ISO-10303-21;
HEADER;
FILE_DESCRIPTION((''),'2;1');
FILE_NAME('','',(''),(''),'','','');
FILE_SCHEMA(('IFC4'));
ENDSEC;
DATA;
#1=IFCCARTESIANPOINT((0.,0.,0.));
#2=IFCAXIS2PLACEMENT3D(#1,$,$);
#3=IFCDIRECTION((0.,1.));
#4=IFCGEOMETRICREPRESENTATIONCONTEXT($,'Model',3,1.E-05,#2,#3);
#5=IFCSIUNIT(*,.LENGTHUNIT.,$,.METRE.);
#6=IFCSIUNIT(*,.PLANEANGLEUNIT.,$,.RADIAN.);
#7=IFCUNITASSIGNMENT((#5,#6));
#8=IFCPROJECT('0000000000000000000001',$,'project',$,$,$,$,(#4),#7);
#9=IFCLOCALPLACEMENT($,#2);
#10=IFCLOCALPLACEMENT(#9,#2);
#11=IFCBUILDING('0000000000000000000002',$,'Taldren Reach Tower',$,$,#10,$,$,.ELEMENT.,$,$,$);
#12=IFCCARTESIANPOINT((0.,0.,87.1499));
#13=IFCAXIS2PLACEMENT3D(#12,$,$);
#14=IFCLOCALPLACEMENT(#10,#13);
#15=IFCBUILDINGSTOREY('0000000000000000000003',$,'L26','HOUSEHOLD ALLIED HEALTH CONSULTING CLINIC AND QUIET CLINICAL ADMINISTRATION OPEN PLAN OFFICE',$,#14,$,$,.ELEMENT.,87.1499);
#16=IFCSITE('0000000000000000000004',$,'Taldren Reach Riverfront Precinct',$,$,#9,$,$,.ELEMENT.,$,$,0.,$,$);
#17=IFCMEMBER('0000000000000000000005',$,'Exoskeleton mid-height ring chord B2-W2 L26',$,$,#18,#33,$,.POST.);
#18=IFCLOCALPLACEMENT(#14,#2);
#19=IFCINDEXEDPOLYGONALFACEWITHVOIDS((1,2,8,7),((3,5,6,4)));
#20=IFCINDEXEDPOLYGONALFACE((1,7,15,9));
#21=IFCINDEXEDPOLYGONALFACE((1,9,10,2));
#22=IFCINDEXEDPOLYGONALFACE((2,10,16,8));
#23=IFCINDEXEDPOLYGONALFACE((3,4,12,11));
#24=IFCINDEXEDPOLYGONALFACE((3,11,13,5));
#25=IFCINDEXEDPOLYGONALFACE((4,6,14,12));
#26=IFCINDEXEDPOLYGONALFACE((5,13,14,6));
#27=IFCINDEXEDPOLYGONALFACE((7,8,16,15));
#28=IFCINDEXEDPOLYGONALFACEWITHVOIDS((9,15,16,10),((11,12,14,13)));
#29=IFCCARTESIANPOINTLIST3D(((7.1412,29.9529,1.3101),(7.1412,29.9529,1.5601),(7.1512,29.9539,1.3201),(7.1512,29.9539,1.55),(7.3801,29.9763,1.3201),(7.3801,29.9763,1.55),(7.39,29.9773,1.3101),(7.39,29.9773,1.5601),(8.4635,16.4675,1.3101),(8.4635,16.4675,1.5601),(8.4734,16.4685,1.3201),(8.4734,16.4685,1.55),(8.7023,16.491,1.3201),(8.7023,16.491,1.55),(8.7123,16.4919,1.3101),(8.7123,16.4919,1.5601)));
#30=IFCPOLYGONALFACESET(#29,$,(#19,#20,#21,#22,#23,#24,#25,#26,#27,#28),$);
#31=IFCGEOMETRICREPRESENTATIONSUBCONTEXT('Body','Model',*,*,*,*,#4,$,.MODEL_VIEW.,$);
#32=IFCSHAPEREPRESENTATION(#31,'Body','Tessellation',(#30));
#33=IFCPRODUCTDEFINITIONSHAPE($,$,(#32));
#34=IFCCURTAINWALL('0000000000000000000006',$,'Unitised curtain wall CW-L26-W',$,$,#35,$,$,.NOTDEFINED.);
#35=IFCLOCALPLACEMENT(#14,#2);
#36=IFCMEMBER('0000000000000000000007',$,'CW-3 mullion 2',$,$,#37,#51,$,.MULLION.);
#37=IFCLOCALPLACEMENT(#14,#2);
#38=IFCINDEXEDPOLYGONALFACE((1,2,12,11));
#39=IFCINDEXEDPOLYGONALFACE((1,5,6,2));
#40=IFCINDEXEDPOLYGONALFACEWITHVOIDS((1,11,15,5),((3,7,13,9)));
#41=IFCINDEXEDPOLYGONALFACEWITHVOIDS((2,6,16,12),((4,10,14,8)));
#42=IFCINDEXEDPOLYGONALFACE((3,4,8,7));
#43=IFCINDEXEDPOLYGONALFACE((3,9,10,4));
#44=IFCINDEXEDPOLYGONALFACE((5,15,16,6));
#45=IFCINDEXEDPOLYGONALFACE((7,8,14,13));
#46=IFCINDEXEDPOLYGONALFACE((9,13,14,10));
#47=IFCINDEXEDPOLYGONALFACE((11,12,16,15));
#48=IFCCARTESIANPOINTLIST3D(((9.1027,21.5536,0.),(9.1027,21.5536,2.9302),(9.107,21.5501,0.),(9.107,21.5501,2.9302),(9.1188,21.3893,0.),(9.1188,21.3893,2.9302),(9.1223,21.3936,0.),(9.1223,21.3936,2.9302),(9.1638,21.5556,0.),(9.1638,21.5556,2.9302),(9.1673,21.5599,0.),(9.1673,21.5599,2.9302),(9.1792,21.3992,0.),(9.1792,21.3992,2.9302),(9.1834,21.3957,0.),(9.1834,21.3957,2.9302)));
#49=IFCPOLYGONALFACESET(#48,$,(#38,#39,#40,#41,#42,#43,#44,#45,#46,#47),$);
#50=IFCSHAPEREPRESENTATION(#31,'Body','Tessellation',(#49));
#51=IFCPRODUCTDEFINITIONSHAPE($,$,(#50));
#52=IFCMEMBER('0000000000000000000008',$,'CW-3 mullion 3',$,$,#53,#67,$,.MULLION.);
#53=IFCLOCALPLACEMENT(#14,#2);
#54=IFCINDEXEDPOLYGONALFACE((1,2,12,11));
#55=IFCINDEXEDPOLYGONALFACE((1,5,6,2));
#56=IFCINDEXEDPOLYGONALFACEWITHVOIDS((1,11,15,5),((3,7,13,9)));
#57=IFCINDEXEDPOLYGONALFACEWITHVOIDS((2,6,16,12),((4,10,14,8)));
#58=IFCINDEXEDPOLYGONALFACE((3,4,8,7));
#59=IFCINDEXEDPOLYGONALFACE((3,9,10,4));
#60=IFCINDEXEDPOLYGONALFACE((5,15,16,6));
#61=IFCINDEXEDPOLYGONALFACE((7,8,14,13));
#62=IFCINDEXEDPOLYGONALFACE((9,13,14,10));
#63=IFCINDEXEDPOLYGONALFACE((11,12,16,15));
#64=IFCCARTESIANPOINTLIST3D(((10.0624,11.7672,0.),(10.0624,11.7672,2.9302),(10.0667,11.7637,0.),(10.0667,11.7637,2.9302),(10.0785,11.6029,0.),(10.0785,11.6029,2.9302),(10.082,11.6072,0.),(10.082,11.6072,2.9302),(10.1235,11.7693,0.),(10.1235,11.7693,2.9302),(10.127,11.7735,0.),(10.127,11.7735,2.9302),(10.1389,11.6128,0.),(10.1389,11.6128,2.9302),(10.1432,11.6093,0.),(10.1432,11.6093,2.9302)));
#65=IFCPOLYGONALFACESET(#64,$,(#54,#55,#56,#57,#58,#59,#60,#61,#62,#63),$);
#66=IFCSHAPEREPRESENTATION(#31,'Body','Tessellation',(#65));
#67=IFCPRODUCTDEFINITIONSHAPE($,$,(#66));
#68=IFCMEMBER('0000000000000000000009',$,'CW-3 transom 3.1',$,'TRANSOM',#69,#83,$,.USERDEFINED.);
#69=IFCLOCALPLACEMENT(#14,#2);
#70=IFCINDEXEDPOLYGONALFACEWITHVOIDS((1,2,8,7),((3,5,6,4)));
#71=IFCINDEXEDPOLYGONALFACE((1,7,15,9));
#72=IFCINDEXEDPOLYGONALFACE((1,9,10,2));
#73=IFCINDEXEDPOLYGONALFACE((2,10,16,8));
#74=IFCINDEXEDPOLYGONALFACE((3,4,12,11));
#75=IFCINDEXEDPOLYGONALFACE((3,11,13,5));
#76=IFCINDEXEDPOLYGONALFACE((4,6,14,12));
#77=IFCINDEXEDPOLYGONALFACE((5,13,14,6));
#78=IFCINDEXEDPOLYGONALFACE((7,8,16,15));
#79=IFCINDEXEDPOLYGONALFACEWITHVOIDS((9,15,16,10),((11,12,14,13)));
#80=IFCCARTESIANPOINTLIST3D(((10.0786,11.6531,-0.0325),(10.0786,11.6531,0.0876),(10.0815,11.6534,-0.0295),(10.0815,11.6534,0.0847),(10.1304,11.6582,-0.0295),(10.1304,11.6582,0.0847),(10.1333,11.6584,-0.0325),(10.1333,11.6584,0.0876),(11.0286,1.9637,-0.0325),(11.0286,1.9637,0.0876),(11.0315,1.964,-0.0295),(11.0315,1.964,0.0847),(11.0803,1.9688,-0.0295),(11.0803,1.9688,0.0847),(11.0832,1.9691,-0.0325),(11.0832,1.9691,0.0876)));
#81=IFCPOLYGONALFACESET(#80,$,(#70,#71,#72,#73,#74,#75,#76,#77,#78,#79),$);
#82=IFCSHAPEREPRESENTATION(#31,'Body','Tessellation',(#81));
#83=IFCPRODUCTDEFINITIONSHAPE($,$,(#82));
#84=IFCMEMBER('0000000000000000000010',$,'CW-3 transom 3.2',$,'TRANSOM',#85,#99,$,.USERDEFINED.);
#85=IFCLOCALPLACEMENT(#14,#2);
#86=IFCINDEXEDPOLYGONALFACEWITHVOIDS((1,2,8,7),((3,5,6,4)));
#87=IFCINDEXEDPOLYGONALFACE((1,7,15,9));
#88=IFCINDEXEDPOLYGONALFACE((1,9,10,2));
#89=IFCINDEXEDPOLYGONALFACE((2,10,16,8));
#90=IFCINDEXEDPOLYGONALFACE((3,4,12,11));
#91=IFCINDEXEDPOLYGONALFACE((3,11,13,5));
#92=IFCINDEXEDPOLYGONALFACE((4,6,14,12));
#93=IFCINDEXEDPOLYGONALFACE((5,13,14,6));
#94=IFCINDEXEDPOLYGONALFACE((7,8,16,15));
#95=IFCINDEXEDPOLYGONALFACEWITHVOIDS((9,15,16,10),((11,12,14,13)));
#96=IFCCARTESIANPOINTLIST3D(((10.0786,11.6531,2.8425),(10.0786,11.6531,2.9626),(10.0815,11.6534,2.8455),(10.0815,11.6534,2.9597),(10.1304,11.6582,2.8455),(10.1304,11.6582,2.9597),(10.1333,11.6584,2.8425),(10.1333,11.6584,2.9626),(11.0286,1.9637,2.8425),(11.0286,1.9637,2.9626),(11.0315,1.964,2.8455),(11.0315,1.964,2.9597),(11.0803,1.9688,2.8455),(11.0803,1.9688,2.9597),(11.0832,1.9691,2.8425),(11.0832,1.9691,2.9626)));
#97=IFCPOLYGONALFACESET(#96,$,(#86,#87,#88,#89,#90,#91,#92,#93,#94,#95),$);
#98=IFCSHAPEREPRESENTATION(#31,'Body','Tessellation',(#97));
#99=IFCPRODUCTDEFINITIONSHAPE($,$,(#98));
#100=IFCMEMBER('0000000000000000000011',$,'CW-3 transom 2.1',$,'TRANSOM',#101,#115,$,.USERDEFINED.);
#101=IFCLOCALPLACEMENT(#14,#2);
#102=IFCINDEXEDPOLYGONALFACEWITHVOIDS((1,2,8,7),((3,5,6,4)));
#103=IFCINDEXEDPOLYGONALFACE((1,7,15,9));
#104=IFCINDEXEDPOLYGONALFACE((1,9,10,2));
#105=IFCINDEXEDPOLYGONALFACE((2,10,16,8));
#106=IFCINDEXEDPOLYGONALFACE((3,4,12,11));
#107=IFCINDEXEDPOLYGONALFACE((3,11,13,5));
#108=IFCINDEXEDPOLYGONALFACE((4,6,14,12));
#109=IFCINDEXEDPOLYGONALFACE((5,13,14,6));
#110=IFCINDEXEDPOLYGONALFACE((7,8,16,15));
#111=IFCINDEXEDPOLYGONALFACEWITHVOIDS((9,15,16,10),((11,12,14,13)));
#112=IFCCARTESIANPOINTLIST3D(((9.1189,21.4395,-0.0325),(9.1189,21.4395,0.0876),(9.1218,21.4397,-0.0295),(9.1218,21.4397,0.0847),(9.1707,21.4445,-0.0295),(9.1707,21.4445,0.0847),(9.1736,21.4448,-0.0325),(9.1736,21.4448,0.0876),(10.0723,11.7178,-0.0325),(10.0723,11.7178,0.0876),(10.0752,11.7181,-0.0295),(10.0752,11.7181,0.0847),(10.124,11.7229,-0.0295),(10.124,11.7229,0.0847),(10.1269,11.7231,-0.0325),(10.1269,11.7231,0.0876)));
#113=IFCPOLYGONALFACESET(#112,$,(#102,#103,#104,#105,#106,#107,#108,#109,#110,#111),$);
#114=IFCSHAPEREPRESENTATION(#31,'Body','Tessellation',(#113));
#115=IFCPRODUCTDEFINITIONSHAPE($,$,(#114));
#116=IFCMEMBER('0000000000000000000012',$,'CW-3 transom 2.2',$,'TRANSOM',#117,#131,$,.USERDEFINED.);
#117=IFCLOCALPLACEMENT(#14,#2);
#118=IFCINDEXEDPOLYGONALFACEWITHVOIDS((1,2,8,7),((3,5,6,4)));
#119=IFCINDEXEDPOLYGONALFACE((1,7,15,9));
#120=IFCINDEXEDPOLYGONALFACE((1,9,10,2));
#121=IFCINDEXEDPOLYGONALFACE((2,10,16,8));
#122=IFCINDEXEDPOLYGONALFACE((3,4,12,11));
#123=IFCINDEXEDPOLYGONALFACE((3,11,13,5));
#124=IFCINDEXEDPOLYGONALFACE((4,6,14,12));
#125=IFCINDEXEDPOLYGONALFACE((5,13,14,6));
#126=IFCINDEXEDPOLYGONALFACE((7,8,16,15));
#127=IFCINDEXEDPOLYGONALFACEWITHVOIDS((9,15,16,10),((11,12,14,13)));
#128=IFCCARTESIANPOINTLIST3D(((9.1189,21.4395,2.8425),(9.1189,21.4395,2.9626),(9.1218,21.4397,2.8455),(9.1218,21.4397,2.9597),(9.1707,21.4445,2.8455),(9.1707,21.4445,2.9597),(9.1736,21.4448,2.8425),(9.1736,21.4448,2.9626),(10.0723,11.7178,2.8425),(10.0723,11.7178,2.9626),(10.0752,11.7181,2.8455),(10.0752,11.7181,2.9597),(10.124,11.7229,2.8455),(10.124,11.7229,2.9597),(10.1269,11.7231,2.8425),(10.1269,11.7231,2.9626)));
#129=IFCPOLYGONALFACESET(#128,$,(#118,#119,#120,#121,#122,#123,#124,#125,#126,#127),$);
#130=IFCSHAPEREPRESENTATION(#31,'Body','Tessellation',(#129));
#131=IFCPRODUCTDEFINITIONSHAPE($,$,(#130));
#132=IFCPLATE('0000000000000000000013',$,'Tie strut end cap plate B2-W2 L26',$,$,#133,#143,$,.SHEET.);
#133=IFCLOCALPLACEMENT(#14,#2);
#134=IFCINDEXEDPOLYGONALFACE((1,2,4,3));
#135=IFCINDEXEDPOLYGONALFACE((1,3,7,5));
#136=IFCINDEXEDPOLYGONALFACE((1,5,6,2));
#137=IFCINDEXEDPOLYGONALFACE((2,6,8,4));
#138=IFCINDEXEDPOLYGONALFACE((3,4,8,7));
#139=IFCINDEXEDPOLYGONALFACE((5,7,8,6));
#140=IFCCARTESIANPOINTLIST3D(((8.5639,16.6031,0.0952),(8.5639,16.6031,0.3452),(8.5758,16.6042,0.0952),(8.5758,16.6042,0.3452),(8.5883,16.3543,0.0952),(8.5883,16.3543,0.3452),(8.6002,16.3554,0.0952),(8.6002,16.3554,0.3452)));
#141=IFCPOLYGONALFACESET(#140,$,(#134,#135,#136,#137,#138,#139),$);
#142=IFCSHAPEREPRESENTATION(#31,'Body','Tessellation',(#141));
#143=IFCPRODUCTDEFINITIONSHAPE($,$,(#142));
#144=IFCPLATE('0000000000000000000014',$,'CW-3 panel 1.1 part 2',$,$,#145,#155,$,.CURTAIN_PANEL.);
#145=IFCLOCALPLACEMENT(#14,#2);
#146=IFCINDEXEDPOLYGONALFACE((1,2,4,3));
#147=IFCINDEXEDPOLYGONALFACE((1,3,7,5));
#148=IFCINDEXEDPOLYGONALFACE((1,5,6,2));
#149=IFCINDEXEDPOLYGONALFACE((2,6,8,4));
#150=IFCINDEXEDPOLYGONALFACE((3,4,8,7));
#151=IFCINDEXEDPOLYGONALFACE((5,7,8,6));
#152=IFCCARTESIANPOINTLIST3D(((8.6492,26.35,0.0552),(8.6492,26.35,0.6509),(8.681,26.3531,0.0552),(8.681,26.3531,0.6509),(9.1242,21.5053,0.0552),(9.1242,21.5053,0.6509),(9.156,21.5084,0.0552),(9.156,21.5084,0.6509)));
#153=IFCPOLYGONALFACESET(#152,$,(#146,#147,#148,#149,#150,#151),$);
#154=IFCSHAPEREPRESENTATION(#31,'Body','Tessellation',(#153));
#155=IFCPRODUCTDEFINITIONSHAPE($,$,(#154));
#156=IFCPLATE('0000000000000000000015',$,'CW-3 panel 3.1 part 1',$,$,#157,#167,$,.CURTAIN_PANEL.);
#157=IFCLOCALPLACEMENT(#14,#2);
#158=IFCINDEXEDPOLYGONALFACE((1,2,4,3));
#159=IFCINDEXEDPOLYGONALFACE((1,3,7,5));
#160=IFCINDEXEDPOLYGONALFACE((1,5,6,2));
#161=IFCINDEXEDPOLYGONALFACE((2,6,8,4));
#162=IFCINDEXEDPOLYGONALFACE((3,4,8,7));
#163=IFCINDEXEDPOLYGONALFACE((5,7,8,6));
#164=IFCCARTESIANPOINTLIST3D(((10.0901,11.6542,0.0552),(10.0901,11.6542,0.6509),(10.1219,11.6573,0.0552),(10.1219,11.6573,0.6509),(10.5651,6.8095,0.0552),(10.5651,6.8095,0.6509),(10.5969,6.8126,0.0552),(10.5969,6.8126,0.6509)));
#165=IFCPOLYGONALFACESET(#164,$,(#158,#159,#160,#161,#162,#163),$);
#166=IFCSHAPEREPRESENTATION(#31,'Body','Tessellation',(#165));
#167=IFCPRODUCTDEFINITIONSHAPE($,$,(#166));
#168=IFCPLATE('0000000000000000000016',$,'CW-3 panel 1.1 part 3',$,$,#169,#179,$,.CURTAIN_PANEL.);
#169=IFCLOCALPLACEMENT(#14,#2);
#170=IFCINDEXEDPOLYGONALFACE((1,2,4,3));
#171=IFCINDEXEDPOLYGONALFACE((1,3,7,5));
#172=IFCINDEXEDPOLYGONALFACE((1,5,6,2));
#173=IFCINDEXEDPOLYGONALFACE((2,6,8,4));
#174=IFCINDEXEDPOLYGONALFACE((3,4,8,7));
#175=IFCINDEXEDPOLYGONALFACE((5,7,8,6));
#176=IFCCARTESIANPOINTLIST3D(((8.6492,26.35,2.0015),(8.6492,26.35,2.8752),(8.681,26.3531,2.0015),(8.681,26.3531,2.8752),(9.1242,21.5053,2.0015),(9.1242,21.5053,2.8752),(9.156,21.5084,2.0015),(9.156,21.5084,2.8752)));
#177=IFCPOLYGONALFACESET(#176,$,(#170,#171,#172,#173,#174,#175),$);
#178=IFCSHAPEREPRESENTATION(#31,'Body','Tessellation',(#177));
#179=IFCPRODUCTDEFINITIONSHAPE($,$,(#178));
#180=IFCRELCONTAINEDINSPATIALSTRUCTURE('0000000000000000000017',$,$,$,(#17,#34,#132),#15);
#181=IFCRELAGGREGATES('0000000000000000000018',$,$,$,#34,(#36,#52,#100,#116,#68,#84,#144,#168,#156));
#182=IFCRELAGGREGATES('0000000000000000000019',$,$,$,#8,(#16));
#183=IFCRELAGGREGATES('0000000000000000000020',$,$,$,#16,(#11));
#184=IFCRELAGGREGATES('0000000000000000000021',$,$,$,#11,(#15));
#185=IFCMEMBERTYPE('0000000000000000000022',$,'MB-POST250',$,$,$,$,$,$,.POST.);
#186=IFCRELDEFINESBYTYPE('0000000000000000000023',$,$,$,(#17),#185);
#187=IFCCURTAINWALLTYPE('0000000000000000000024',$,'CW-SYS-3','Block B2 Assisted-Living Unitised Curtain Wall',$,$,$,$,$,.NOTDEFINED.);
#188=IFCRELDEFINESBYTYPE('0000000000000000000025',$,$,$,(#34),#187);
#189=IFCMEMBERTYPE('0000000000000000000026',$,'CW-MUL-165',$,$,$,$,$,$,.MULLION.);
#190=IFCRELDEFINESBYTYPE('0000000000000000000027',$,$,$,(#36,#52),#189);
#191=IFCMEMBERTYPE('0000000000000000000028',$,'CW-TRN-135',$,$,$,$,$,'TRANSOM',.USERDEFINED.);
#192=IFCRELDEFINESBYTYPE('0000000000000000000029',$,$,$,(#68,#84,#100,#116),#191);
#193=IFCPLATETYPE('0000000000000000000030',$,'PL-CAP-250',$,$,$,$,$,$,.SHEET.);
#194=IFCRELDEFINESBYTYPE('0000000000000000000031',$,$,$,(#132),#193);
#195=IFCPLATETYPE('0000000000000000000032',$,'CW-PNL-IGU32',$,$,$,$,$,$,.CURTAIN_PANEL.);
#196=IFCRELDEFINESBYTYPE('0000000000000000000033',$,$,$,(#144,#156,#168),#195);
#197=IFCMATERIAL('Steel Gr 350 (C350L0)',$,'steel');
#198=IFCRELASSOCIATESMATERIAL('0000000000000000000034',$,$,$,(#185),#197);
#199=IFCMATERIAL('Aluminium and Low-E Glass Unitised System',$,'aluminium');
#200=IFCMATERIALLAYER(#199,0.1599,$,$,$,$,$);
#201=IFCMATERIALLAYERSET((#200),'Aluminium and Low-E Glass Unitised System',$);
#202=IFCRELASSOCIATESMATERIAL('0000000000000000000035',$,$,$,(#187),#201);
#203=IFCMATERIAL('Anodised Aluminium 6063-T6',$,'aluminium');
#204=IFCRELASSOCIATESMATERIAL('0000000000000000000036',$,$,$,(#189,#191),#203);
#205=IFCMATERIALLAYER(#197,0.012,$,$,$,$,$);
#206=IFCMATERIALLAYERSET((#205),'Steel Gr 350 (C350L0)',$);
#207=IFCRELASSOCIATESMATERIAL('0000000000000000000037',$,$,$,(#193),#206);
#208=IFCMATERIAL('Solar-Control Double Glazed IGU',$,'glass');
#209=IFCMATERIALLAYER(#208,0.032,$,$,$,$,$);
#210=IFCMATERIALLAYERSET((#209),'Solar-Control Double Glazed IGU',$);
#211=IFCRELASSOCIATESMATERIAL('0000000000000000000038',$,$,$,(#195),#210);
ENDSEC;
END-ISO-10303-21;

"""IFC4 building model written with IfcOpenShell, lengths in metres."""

from ifc_helpers import new_model, si_unit, direction, frame, origin, origin_2d, place, context, subcontext, project, spatial, rectangle, hollow_rectangle, extrude, source, transform, mapped, material, layer, layer_set, material_profile, profile_set, type_object, element, aggregate, save


model = new_model("IFC4")

# Units and contexts
model_context = context("Model", 3, precision=1e-05, world=origin(), true_north=direction((0.0, 1.0)))
body_context = subcontext(model_context, "Body", "Model", "MODEL_VIEW")
ifc_project = project(units=[si_unit("LENGTHUNIT", "METRE"), si_unit("PLANEANGLEUNIT", "RADIAN")], contexts=[model_context])

# Site, building, storey
site_placement = place(None, origin())
site = spatial("IfcSite", under=ifc_project, at=site_placement, Name="Taldren Reach Riverfront Precinct", CompositionType="ELEMENT", RefElevation=0.0)
building_placement = place(site_placement, origin())
building = spatial("IfcBuilding", under=site, at=building_placement, Name="Taldren Reach Tower", CompositionType="ELEMENT")
storey_placement = place(building_placement, frame((0.0, 0.0, 87.1499)))
storey = spatial("IfcBuildingStorey", under=building, at=storey_placement, Name="L26", Description="HOUSEHOLD ALLIED HEALTH CONSULTING CLINIC AND QUIET CLINICAL ADMINISTRATION OPEN PLAN OFFICE", CompositionType="ELEMENT", Elevation=87.1499)

# Member
ifc_material_1 = material(Name="Steel Gr 350 (C350L0)", Category="steel")
ifc_material_profile_1 = material_profile(ifc_material_1, hollow_rectangle(XDim=0.25, YDim=0.25, WallThickness=0.01, at=origin_2d()), Name="250x250x10.0SHS")
ifc_profile_set_1 = profile_set([ifc_material_profile_1], Name="Steel Gr 350 (C350L0)")
member_type_1 = type_object("IfcMemberType", Name="MB-POST250", PredefinedType="POST", material=ifc_profile_set_1)
shared_shape_1 = source(origin(), body_context, "Body", "SweptSolid", [
    extrude(hollow_rectangle(XDim=0.25, YDim=0.25, WallThickness=0.01, at=origin_2d()), origin(), (0.0, 0.0, 1.0), 13.55),
])
member_1_placement = place(storey_placement, frame((8.5879, 16.4797, 1.4351), z_axis=(-0.097584, 0.995227, 0.0), x_axis=(-0.995227, -0.097584, 0.0)))
element("IfcMember", 1, at=member_1_placement, inside=storey, type_object=member_type_1, Name="Exoskeleton mid-height ring chord B2-W2 L26", PredefinedType="POST", context=body_context, shape_type="MappedRepresentation", body=[
    mapped(shared_shape_1, transform((0.0, 0.0, 0.0), scale=1.0)),
])

# Curtain wall, members
ifc_material_2 = material(Name="Aluminium and Low-E Glass Unitised System", Category="aluminium")
ifc_layer_1 = layer(ifc_material_2, 0.1599)
ifc_layer_set_1 = layer_set([ifc_layer_1], Name="Aluminium and Low-E Glass Unitised System")
curtain_wall_type = type_object("IfcCurtainWallType", Name="CW-SYS-3", Description="Block B2 Assisted-Living Unitised Curtain Wall", PredefinedType="NOTDEFINED", material=ifc_layer_set_1)
curtain_wall_placement = place(storey_placement, origin())
curtain_wall = element("IfcCurtainWall", 2, at=curtain_wall_placement, inside=storey, type_object=curtain_wall_type, Name="Unitised curtain wall CW-L26-W", PredefinedType="NOTDEFINED")
ifc_material_3 = material(Name="Anodised Aluminium 6063-T6", Category="aluminium")
ifc_material_profile_2 = material_profile(ifc_material_3, hollow_rectangle(XDim=0.0649, YDim=0.165, WallThickness=0.0039, at=origin_2d()), Name="ALU-165x65x4RHS")
ifc_profile_set_2 = profile_set([ifc_material_profile_2], Name="Anodised Aluminium 6063-T6")
member_type_2 = type_object("IfcMemberType", Name="CW-MUL-165", PredefinedType="MULLION", material=ifc_profile_set_2)
shared_shape_2 = source(origin(), body_context, "Body", "SweptSolid", [
    extrude(hollow_rectangle(XDim=0.0649, YDim=0.165, WallThickness=0.0039, at=origin_2d()), origin(), (0.0, 0.0, 1.0), 2.9302),
])
member_2_placement = place(storey_placement, frame((9.1431, 21.4746, 0.0), z_axis=(0.0, 0.0, 1.0), x_axis=(0.995227, 0.097583, 0.0)))
member_2 = element("IfcMember", 3, at=member_2_placement, type_object=member_type_2, Name="CW-3 mullion 2", PredefinedType="MULLION", context=body_context, shape_type="MappedRepresentation", body=[
    mapped(shared_shape_2, transform((0.0, 0.0, 0.0), scale=1.0)),
])
member_3_placement = place(storey_placement, frame((10.1028, 11.6882, 0.0), z_axis=(0.0, 0.0, 1.0), x_axis=(0.995227, 0.097583, 0.0)))
member_3 = element("IfcMember", 4, at=member_3_placement, type_object=member_type_2, Name="CW-3 mullion 3", PredefinedType="MULLION", context=body_context, shape_type="MappedRepresentation", body=[
    mapped(shared_shape_2, transform((0.0, 0.0, 0.0), scale=1.0)),
])
ifc_material_profile_3 = material_profile(ifc_material_3, hollow_rectangle(XDim=0.0549, YDim=0.1201, WallThickness=0.0029, at=origin_2d()), Name="ALU-120x55x3RHS")
ifc_profile_set_3 = profile_set([ifc_material_profile_3], Name="Anodised Aluminium 6063-T6")
member_type_3 = type_object("IfcMemberType", Name="CW-TRN-135", ElementType="TRANSOM", PredefinedType="USERDEFINED", material=ifc_profile_set_3)
shared_shape_3 = source(origin(), body_context, "Body", "SweptSolid", [
    extrude(hollow_rectangle(XDim=0.0549, YDim=0.1201, WallThickness=0.0029, at=origin_2d()), origin(), (0.0, 0.0, 1.0), 9.7358),
])
member_4_placement = place(storey_placement, frame((10.106, 11.6558, 0.0276), z_axis=(0.097572, -0.995228, 0.0), x_axis=(0.995228, 0.097572, 0.0)))
member_4 = element("IfcMember", 5, at=member_4_placement, type_object=member_type_3, Name="CW-3 transom 3.1", ObjectType="TRANSOM", PredefinedType="USERDEFINED", context=body_context, shape_type="MappedRepresentation", body=[
    mapped(shared_shape_3, transform((0.0, 0.0, 0.0), scale=1.0)),
])
member_5_placement = place(storey_placement, frame((10.106, 11.6558, 2.9026), z_axis=(0.097572, -0.995228, 0.0), x_axis=(0.995228, 0.097572, 0.0)))
member_5 = element("IfcMember", 6, at=member_5_placement, type_object=member_type_3, Name="CW-3 transom 3.2", ObjectType="TRANSOM", PredefinedType="USERDEFINED", context=body_context, shape_type="MappedRepresentation", body=[
    mapped(shared_shape_3, transform((0.0, 0.0, 0.0), scale=1.0)),
])
shared_shape_4 = source(origin(), body_context, "Body", "SweptSolid", [
    extrude(hollow_rectangle(XDim=0.0549, YDim=0.1201, WallThickness=0.0029, at=origin_2d()), origin(), (0.0, 0.0, 1.0), 9.7683),
])
member_6_placement = place(storey_placement, frame((9.1462, 21.4421, 0.0276), z_axis=(0.097598, -0.995226, 0.0), x_axis=(0.995226, 0.097598, 0.0)))
member_6 = element("IfcMember", 7, at=member_6_placement, type_object=member_type_3, Name="CW-3 transom 2.1", ObjectType="TRANSOM", PredefinedType="USERDEFINED", context=body_context, shape_type="MappedRepresentation", body=[
    mapped(shared_shape_4, transform((0.0, 0.0, 0.0), scale=1.0)),
])
member_7_placement = place(storey_placement, frame((9.1462, 21.4421, 2.9026), z_axis=(0.097598, -0.995226, 0.0), x_axis=(0.995226, 0.097598, 0.0)))
member_7 = element("IfcMember", 8, at=member_7_placement, type_object=member_type_3, Name="CW-3 transom 2.2", ObjectType="TRANSOM", PredefinedType="USERDEFINED", context=body_context, shape_type="MappedRepresentation", body=[
    mapped(shared_shape_4, transform((0.0, 0.0, 0.0), scale=1.0)),
])

# Plates
ifc_layer_2 = layer(ifc_material_1, 0.012)
ifc_layer_set_2 = layer_set([ifc_layer_2], Name="Steel Gr 350 (C350L0)")
plate_type_1 = type_object("IfcPlateType", Name="PL-CAP-250", PredefinedType="SHEET", material=ifc_layer_set_2)
shared_shape_5 = source(origin(), body_context, "Body", "SweptSolid", [
    extrude(rectangle(XDim=0.012, YDim=0.25, at=origin_2d()), origin(), (0.0, 0.0, 1.0), 0.25),
])
plate_1_placement = place(storey_placement, frame((8.582, 16.4792, 0.0952), z_axis=(0.0, 0.0, 1.0), x_axis=(0.995227, 0.097583, 0.0)))
element("IfcPlate", 9, at=plate_1_placement, inside=storey, type_object=plate_type_1, Name="Tie strut end cap plate B2-W2 L26", PredefinedType="SHEET", context=body_context, shape_type="MappedRepresentation", body=[
    mapped(shared_shape_5, transform((0.0, 0.0, 0.0), scale=1.0)),
])
ifc_material_4 = material(Name="Solar-Control Double Glazed IGU", Category="glass")
ifc_layer_3 = layer(ifc_material_4, 0.032)
ifc_layer_set_3 = layer_set([ifc_layer_3], Name="Solar-Control Double Glazed IGU")
plate_type_2 = type_object("IfcPlateType", Name="CW-PNL-IGU32", PredefinedType="CURTAIN_PANEL", material=ifc_layer_set_3)
shared_shape_6 = source(origin(), body_context, "Body", "SweptSolid", [
    extrude(rectangle(XDim=4.8679, YDim=0.032, at=origin_2d()), origin(), (0.0, 0.0, 1.0), 0.5957),
])
plate_2_placement = place(storey_placement, frame((8.9026, 23.9292, 0.0552), z_axis=(0.0, 0.0, 1.0), x_axis=(0.097583, -0.995227, 0.0)))
plate_2 = element("IfcPlate", 10, at=plate_2_placement, type_object=plate_type_2, Name="CW-3 panel 1.1 part 2", PredefinedType="CURTAIN_PANEL", context=body_context, shape_type="MappedRepresentation", body=[
    mapped(shared_shape_6, transform((0.0, 0.0, 0.0), scale=1.0)),
])
plate_3_placement = place(storey_placement, frame((10.3435, 9.2334, 0.0552), z_axis=(0.0, 0.0, 1.0), x_axis=(0.097583, -0.995227, 0.0)))
plate_3 = element("IfcPlate", 11, at=plate_3_placement, type_object=plate_type_2, Name="CW-3 panel 3.1 part 1", PredefinedType="CURTAIN_PANEL", context=body_context, shape_type="MappedRepresentation", body=[
    mapped(shared_shape_6, transform((0.0, 0.0, 0.0), scale=1.0)),
])
shared_shape_7 = source(origin(), body_context, "Body", "SweptSolid", [
    extrude(rectangle(XDim=4.8679, YDim=0.032, at=origin_2d()), origin(), (0.0, 0.0, 1.0), 0.8738),
])
plate_4_placement = place(storey_placement, frame((8.9026, 23.9292, 2.0015), z_axis=(0.0, 0.0, 1.0), x_axis=(0.097583, -0.995227, 0.0)))
plate_4 = element("IfcPlate", 12, at=plate_4_placement, type_object=plate_type_2, Name="CW-3 panel 1.1 part 3", PredefinedType="CURTAIN_PANEL", context=body_context, shape_type="MappedRepresentation", body=[
    mapped(shared_shape_7, transform((0.0, 0.0, 0.0), scale=1.0)),
])
aggregate(curtain_wall, [member_2, member_3, member_6, member_7, member_4, member_5, plate_2, plate_4, plate_3])

save(model, "model.ifc")
